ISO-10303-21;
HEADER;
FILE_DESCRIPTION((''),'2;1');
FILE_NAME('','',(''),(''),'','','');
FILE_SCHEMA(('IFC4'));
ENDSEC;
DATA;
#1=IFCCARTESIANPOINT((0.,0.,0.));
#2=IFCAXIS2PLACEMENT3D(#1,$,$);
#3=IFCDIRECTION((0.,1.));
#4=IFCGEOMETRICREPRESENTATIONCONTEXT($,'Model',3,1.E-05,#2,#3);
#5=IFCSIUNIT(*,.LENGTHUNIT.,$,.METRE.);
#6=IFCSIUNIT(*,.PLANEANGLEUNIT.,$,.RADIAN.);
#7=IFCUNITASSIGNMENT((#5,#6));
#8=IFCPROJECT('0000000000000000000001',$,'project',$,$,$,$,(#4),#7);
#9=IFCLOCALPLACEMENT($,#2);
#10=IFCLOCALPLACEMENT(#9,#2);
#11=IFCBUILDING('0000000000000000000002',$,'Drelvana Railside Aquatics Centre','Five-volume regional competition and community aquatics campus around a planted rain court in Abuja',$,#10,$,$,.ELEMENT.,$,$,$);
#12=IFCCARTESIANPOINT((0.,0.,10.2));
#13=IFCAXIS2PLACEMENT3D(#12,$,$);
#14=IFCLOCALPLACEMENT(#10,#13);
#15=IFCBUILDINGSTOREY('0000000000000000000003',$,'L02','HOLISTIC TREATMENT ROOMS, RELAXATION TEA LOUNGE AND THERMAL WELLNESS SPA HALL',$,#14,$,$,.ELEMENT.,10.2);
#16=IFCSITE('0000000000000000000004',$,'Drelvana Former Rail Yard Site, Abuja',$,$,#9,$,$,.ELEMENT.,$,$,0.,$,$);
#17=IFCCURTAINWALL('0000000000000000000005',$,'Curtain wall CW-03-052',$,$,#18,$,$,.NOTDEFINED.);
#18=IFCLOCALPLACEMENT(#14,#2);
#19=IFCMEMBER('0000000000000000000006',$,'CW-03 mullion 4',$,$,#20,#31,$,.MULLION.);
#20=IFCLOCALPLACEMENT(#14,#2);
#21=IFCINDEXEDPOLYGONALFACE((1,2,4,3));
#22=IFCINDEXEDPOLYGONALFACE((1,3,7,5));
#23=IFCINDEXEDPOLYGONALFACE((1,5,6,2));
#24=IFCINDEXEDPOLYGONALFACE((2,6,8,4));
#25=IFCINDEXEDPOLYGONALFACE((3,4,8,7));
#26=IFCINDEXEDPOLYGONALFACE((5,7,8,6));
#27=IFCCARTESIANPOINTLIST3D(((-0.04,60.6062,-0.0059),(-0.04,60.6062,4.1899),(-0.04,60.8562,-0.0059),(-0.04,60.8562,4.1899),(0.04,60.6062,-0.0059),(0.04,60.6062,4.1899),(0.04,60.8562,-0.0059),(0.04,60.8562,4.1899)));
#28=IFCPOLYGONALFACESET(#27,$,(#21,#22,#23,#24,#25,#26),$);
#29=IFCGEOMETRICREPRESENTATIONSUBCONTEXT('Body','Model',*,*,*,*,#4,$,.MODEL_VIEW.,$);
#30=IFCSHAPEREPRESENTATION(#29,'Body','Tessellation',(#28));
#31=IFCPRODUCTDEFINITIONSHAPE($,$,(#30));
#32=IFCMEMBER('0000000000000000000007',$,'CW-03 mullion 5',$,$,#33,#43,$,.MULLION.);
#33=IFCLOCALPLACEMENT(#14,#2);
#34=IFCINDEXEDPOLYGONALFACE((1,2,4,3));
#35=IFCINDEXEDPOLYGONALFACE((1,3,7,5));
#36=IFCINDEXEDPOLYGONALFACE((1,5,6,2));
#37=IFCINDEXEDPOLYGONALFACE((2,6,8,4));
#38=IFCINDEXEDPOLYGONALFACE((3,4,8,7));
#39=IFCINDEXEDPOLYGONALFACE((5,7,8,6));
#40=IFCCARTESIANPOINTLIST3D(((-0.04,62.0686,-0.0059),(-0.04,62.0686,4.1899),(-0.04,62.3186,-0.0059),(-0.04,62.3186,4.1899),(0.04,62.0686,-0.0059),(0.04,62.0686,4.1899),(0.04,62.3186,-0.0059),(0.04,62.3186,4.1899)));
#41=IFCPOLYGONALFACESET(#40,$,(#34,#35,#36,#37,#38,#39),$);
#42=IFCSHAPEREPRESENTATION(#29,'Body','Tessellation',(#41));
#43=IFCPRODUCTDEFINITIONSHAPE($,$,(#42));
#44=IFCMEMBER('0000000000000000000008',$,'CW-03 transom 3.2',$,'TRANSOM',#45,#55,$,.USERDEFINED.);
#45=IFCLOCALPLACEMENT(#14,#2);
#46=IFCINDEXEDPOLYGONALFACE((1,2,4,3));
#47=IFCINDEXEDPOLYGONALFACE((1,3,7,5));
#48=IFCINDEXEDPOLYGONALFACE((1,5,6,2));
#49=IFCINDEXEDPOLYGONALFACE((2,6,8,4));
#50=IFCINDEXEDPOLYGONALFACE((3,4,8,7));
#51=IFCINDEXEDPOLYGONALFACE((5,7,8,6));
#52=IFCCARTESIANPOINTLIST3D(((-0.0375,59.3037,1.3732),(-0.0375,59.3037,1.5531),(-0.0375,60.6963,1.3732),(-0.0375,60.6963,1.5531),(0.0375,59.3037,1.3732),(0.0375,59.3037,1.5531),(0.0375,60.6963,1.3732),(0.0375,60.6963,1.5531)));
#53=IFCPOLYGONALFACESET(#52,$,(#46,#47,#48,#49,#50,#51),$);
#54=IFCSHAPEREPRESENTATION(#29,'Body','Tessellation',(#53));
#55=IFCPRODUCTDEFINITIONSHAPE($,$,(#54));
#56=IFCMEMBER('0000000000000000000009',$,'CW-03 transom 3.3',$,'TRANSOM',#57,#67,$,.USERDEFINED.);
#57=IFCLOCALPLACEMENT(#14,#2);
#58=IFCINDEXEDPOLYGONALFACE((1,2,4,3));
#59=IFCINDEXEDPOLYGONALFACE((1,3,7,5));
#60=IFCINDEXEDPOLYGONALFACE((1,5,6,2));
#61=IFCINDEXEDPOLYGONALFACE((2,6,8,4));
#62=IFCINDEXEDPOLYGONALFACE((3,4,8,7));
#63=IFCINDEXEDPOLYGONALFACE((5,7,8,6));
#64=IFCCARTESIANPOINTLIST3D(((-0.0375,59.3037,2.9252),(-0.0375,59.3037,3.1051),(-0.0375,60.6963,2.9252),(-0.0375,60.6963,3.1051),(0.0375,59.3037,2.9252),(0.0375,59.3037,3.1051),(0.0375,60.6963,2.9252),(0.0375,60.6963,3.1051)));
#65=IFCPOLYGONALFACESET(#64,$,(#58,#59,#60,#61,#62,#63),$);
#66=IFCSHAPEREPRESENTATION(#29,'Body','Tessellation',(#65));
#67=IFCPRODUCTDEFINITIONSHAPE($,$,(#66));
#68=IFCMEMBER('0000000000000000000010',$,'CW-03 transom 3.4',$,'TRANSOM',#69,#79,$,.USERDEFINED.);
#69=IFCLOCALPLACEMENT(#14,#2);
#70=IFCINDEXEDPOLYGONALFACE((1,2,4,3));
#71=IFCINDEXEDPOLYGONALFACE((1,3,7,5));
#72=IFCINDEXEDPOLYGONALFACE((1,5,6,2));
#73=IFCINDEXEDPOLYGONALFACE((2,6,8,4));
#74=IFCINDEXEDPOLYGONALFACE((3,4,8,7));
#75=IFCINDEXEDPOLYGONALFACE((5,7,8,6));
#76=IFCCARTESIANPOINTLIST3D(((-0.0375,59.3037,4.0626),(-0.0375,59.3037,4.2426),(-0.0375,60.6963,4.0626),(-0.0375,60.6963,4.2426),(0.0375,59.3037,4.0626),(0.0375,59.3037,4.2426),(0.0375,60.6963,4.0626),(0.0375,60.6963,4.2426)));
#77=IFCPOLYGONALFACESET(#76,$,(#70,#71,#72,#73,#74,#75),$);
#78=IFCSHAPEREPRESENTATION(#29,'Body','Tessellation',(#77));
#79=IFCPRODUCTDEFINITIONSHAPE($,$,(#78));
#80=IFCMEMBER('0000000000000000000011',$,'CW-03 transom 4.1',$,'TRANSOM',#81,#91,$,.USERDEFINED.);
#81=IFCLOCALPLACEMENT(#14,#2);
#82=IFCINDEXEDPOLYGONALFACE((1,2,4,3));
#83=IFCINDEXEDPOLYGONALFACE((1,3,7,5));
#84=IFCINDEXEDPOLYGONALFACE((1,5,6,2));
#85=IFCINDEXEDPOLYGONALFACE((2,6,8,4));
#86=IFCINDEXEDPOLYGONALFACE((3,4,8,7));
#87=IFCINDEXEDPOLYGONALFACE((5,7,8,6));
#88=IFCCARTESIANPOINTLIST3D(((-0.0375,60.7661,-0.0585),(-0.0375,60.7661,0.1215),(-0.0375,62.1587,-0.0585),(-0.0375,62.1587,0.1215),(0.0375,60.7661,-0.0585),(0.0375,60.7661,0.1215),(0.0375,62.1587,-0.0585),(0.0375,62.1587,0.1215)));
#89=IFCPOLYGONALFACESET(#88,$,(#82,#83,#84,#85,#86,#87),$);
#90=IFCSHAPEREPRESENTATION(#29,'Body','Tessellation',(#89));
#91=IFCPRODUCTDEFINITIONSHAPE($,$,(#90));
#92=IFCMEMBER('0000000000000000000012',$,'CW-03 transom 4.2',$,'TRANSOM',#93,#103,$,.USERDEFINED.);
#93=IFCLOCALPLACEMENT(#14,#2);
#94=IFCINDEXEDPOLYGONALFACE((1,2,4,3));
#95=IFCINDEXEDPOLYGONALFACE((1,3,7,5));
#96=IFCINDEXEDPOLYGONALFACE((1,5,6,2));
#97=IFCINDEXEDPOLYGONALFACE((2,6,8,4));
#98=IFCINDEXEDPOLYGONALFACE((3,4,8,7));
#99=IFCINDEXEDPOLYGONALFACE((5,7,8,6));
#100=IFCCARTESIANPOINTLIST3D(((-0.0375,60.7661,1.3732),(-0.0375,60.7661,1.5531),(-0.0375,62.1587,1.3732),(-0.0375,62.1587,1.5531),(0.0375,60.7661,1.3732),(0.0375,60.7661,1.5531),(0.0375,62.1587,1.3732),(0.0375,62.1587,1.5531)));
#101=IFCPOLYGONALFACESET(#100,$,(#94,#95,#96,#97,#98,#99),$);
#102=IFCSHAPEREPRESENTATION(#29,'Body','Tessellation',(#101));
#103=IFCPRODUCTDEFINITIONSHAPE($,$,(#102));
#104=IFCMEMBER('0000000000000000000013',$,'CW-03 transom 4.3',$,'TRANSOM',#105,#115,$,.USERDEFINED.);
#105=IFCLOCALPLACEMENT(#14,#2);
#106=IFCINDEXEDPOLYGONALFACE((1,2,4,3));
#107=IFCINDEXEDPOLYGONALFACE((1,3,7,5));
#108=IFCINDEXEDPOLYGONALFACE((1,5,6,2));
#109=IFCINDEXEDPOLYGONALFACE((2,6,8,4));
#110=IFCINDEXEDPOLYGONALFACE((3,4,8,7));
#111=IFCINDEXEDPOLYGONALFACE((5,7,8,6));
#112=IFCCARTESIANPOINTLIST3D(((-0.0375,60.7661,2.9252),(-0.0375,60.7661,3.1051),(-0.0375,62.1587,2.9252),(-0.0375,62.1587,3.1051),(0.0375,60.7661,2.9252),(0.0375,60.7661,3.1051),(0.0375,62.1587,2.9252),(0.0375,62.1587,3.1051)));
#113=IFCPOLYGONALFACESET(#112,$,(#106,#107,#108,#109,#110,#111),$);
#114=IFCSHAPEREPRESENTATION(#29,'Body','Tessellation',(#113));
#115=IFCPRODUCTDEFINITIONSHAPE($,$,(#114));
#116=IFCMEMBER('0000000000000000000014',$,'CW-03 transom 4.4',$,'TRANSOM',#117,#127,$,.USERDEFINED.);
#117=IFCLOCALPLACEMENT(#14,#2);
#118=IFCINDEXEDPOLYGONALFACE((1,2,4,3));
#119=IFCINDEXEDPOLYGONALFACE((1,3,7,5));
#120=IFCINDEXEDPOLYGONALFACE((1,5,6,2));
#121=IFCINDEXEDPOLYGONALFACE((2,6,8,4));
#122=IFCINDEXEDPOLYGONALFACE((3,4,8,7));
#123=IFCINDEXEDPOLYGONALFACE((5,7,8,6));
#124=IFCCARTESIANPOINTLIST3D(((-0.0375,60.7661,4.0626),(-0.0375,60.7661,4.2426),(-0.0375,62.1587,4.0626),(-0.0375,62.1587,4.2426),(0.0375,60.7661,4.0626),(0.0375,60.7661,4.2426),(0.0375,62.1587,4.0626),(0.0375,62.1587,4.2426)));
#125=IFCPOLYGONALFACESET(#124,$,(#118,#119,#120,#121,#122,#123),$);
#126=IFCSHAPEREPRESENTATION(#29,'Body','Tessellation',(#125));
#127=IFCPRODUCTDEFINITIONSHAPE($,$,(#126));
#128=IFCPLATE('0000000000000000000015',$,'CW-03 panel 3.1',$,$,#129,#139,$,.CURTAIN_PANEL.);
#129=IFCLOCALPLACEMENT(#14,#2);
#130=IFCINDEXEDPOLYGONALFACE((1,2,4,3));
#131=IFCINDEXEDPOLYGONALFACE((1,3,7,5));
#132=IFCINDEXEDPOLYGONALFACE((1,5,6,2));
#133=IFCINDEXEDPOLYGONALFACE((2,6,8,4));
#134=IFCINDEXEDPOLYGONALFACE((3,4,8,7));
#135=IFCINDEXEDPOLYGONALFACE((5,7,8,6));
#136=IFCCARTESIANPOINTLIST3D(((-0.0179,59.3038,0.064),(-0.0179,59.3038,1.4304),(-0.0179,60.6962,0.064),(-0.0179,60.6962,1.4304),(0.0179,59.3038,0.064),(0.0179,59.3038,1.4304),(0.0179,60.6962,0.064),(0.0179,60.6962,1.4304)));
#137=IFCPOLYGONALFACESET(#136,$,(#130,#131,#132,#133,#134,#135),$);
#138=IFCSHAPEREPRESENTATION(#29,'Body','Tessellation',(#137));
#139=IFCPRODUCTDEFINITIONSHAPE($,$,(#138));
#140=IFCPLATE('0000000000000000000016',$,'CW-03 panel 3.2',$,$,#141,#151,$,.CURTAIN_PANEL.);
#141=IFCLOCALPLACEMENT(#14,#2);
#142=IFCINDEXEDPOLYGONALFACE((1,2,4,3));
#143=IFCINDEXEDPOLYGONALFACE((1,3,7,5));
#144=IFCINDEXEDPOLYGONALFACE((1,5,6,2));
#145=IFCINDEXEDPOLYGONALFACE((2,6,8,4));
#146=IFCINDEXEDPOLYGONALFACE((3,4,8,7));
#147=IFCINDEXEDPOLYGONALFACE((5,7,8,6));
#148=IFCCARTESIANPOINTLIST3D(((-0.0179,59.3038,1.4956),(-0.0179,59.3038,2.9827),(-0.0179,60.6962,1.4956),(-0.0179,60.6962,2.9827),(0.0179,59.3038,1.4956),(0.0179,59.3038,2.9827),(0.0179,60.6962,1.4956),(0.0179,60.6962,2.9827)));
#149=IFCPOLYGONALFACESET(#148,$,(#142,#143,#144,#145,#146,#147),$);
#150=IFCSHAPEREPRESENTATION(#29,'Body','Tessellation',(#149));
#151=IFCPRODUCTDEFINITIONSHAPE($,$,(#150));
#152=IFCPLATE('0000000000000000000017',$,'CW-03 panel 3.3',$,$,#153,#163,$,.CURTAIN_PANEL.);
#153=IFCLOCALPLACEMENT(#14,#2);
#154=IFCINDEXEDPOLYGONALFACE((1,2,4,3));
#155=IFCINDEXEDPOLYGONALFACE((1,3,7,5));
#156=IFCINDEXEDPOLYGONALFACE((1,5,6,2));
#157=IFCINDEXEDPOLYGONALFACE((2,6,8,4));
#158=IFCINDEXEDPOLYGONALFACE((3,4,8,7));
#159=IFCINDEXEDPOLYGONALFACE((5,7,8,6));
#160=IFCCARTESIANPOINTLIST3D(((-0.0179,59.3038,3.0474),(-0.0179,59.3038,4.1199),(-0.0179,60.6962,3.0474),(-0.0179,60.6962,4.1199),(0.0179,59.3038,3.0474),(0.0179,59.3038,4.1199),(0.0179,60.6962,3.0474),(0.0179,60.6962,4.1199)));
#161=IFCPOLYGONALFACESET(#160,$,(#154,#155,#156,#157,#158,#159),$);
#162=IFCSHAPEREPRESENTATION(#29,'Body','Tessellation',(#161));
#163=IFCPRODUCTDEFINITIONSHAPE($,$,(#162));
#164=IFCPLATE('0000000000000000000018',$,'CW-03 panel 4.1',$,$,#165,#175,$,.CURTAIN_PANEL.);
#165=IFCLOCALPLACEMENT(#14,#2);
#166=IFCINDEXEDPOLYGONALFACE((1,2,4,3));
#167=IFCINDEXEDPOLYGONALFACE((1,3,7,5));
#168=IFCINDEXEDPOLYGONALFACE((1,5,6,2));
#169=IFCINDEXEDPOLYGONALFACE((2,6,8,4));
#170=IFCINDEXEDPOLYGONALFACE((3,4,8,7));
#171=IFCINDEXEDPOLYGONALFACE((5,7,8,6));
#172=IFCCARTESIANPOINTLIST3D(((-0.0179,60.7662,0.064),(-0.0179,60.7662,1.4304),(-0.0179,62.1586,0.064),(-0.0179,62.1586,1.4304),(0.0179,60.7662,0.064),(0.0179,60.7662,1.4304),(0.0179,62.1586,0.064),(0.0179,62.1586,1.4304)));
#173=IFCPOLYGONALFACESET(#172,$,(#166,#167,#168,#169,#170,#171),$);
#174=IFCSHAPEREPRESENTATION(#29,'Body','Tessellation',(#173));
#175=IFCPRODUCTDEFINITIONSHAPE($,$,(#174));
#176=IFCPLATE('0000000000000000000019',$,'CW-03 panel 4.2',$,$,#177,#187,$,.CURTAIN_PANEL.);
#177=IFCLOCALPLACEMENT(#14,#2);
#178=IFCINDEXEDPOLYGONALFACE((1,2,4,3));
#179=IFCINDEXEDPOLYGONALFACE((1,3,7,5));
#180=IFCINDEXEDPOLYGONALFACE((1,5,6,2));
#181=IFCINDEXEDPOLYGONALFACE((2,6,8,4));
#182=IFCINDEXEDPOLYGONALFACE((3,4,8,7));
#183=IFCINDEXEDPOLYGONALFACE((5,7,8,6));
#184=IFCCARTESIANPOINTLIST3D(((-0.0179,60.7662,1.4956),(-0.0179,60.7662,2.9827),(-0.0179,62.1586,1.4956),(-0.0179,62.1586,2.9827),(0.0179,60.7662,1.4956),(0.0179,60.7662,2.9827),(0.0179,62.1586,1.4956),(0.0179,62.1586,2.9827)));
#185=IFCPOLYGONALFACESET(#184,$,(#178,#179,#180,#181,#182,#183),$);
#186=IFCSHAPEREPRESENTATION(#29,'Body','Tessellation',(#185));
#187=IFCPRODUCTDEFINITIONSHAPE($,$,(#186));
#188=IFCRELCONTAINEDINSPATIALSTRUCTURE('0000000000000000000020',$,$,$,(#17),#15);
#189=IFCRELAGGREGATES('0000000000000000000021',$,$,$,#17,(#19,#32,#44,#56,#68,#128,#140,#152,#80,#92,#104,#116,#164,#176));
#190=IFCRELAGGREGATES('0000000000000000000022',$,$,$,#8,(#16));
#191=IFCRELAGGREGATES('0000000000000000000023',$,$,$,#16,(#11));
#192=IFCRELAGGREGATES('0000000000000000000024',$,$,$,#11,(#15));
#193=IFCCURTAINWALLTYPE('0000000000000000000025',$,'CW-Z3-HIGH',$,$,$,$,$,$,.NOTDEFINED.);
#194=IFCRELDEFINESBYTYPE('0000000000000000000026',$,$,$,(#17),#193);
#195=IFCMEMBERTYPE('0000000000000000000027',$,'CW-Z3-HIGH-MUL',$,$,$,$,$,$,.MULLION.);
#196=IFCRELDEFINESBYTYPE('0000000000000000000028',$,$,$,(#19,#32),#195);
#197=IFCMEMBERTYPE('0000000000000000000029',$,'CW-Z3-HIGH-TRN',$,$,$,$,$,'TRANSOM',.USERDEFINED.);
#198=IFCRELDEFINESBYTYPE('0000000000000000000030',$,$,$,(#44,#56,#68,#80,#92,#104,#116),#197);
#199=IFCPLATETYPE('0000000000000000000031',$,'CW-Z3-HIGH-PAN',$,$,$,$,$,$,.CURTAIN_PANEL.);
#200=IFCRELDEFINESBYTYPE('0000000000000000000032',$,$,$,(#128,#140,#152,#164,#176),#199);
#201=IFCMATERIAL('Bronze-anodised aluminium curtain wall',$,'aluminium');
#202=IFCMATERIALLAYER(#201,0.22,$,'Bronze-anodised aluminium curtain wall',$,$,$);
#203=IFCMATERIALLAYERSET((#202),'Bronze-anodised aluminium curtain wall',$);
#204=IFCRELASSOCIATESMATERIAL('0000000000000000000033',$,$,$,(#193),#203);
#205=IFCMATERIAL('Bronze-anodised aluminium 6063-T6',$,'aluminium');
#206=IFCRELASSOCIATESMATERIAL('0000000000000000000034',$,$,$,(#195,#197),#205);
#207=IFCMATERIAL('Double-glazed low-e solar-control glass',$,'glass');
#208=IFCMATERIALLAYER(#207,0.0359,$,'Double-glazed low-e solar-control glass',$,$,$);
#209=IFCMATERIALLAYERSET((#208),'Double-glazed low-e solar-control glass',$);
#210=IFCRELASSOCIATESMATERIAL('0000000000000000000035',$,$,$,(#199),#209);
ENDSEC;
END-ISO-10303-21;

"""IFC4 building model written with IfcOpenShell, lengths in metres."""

from ifc_helpers import new_model, si_unit, direction, frame, origin, origin_2d, place, context, subcontext, project, spatial, rectangle, extrude, material, layer, layer_set, material_profile, profile_set, type_object, element, aggregate, save


model = new_model("IFC4")

# Units and contexts
model_context = context("Model", 3, precision=1e-05, world=origin(), true_north=direction((0.0, 1.0)))
body_context = subcontext(model_context, "Body", "Model", "MODEL_VIEW")
ifc_project = project(units=[si_unit("LENGTHUNIT", "METRE"), si_unit("PLANEANGLEUNIT", "RADIAN")], contexts=[model_context])

# Site, building, storey
site_placement = place(None, origin())
site = spatial("IfcSite", under=ifc_project, at=site_placement, Name="Drelvana Former Rail Yard Site, Abuja", CompositionType="ELEMENT", RefElevation=0.0)
building_placement = place(site_placement, origin())
building = spatial("IfcBuilding", under=site, at=building_placement, Name="Drelvana Railside Aquatics Centre", Description="Five-volume regional competition and community aquatics campus around a planted rain court in Abuja", CompositionType="ELEMENT")
storey_placement = place(building_placement, frame((0.0, 0.0, 10.2)))
storey = spatial("IfcBuildingStorey", under=building, at=storey_placement, Name="L02", Description="HOLISTIC TREATMENT ROOMS, RELAXATION TEA LOUNGE AND THERMAL WELLNESS SPA HALL", CompositionType="ELEMENT", Elevation=10.2)

# Curtain wall, members, plates
ifc_material_1 = material(Name="Bronze-anodised aluminium curtain wall", Category="aluminium")
ifc_layer_1 = layer(ifc_material_1, 0.22, Name="Bronze-anodised aluminium curtain wall")
ifc_layer_set_1 = layer_set([ifc_layer_1], Name="Bronze-anodised aluminium curtain wall")
curtain_wall_type = type_object("IfcCurtainWallType", Name="CW-Z3-HIGH", PredefinedType="NOTDEFINED", material=ifc_layer_set_1)
curtain_wall_placement = place(storey_placement, origin())
curtain_wall = element("IfcCurtainWall", 1, at=curtain_wall_placement, inside=storey, type_object=curtain_wall_type, Name="Curtain wall CW-03-052", PredefinedType="NOTDEFINED")
ifc_material_2 = material(Name="Bronze-anodised aluminium 6063-T6", Category="aluminium")
ifc_material_profile_1 = material_profile(ifc_material_2, rectangle(XDim=0.0801, YDim=0.25, at=origin_2d()), Name="ALU-M 80x250")
ifc_profile_set_1 = profile_set([ifc_material_profile_1], Name="Bronze-anodised aluminium 6063-T6")
member_type_1 = type_object("IfcMemberType", Name="CW-Z3-HIGH-MUL", PredefinedType="MULLION", material=ifc_profile_set_1)
member_1_placement = place(storey_placement, frame((0.0, 60.7312, -0.0059), z_axis=(0.0, 0.0, 1.0), x_axis=(-1.0, 0.0, 0.0)))
member_1 = element("IfcMember", 2, at=member_1_placement, type_object=member_type_1, Name="CW-03 mullion 4", PredefinedType="MULLION", context=body_context, shape_type="SweptSolid", body=[
    extrude(rectangle(XDim=0.0801, YDim=0.25, at=origin_2d()), origin(), (0.0, 0.0, 1.0), 4.1958),
])
member_2_placement = place(storey_placement, frame((0.0, 62.1936, -0.0059), z_axis=(0.0, 0.0, 1.0), x_axis=(-1.0, 0.0, 0.0)))
member_2 = element("IfcMember", 3, at=member_2_placement, type_object=member_type_1, Name="CW-03 mullion 5", PredefinedType="MULLION", context=body_context, shape_type="SweptSolid", body=[
    extrude(rectangle(XDim=0.0801, YDim=0.25, at=origin_2d()), origin(), (0.0, 0.0, 1.0), 4.1958),
])
ifc_material_profile_2 = material_profile(ifc_material_2, rectangle(XDim=0.1799, YDim=0.075, at=origin_2d()), Name="ALU-T 75x180")
ifc_profile_set_2 = profile_set([ifc_material_profile_2], Name="Bronze-anodised aluminium 6063-T6")
member_type_2 = type_object("IfcMemberType", Name="CW-Z3-HIGH-TRN", ElementType="TRANSOM", PredefinedType="USERDEFINED", material=ifc_profile_set_2)
member_3_placement = place(storey_placement, frame((0.0, 59.3037, 1.4631), z_axis=(0.0, 1.0, 0.0), x_axis=(0.0, 0.0, 1.0)))
member_3 = element("IfcMember", 4, at=member_3_placement, type_object=member_type_2, Name="CW-03 transom 3.2", ObjectType="TRANSOM", PredefinedType="USERDEFINED", context=body_context, shape_type="SweptSolid", body=[
    extrude(rectangle(XDim=0.1799, YDim=0.075, at=origin_2d()), origin(), (0.0, 0.0, 1.0), 1.3926),
])
member_4_placement = place(storey_placement, frame((0.0, 59.3037, 3.0151), z_axis=(0.0, 1.0, 0.0), x_axis=(0.0, 0.0, 1.0)))
member_4 = element("IfcMember", 5, at=member_4_placement, type_object=member_type_2, Name="CW-03 transom 3.3", ObjectType="TRANSOM", PredefinedType="USERDEFINED", context=body_context, shape_type="SweptSolid", body=[
    extrude(rectangle(XDim=0.1799, YDim=0.075, at=origin_2d()), origin(), (0.0, 0.0, 1.0), 1.3926),
])
member_5_placement = place(storey_placement, frame((0.0, 59.3037, 4.1526), z_axis=(0.0, 1.0, 0.0), x_axis=(0.0, 0.0, 1.0)))
member_5 = element("IfcMember", 6, at=member_5_placement, type_object=member_type_2, Name="CW-03 transom 3.4", ObjectType="TRANSOM", PredefinedType="USERDEFINED", context=body_context, shape_type="SweptSolid", body=[
    extrude(rectangle(XDim=0.1799, YDim=0.075, at=origin_2d()), origin(), (0.0, 0.0, 1.0), 1.3926),
])
member_6_placement = place(storey_placement, frame((0.0, 60.7661, 0.0315), z_axis=(0.0, 1.0, 0.0), x_axis=(0.0, 0.0, 1.0)))
member_6 = element("IfcMember", 7, at=member_6_placement, type_object=member_type_2, Name="CW-03 transom 4.1", ObjectType="TRANSOM", PredefinedType="USERDEFINED", context=body_context, shape_type="SweptSolid", body=[
    extrude(rectangle(XDim=0.1799, YDim=0.075, at=origin_2d()), origin(), (0.0, 0.0, 1.0), 1.3926),
])
member_7_placement = place(storey_placement, frame((0.0, 60.7661, 1.4631), z_axis=(0.0, 1.0, 0.0), x_axis=(0.0, 0.0, 1.0)))
member_7 = element("IfcMember", 8, at=member_7_placement, type_object=member_type_2, Name="CW-03 transom 4.2", ObjectType="TRANSOM", PredefinedType="USERDEFINED", context=body_context, shape_type="SweptSolid", body=[
    extrude(rectangle(XDim=0.1799, YDim=0.075, at=origin_2d()), origin(), (0.0, 0.0, 1.0), 1.3926),
])
member_8_placement = place(storey_placement, frame((0.0, 60.7661, 3.0151), z_axis=(0.0, 1.0, 0.0), x_axis=(0.0, 0.0, 1.0)))
member_8 = element("IfcMember", 9, at=member_8_placement, type_object=member_type_2, Name="CW-03 transom 4.3", ObjectType="TRANSOM", PredefinedType="USERDEFINED", context=body_context, shape_type="SweptSolid", body=[
    extrude(rectangle(XDim=0.1799, YDim=0.075, at=origin_2d()), origin(), (0.0, 0.0, 1.0), 1.3926),
])
member_9_placement = place(storey_placement, frame((0.0, 60.7661, 4.1526), z_axis=(0.0, 1.0, 0.0), x_axis=(0.0, 0.0, 1.0)))
member_9 = element("IfcMember", 10, at=member_9_placement, type_object=member_type_2, Name="CW-03 transom 4.4", ObjectType="TRANSOM", PredefinedType="USERDEFINED", context=body_context, shape_type="SweptSolid", body=[
    extrude(rectangle(XDim=0.1799, YDim=0.075, at=origin_2d()), origin(), (0.0, 0.0, 1.0), 1.3926),
])
ifc_material_3 = material(Name="Double-glazed low-e solar-control glass", Category="glass")
ifc_layer_2 = layer(ifc_material_3, 0.0359, Name="Double-glazed low-e solar-control glass")
ifc_layer_set_2 = layer_set([ifc_layer_2], Name="Double-glazed low-e solar-control glass")
plate_type = type_object("IfcPlateType", Name="CW-Z3-HIGH-PAN", PredefinedType="CURTAIN_PANEL", material=ifc_layer_set_2)
plate_1_placement = place(storey_placement, frame((0.0, 60.0, 0.064), z_axis=(0.0, 0.0, 1.0), x_axis=(0.0, 1.0, 0.0)))
plate_1 = element("IfcPlate", 11, at=plate_1_placement, type_object=plate_type, Name="CW-03 panel 3.1", PredefinedType="CURTAIN_PANEL", context=body_context, shape_type="SweptSolid", body=[
    extrude(rectangle(XDim=1.3923, YDim=0.0359, at=origin_2d()), origin(), (0.0, 0.0, 1.0), 1.3665),
])
plate_2_placement = place(storey_placement, frame((0.0, 60.0, 1.4956), z_axis=(0.0, 0.0, 1.0), x_axis=(0.0, 1.0, 0.0)))
plate_2 = element("IfcPlate", 12, at=plate_2_placement, type_object=plate_type, Name="CW-03 panel 3.2", PredefinedType="CURTAIN_PANEL", context=body_context, shape_type="SweptSolid", body=[
    extrude(rectangle(XDim=1.3923, YDim=0.0359, at=origin_2d()), origin(), (0.0, 0.0, 1.0), 1.4871),
])
plate_3_placement = place(storey_placement, frame((0.0, 60.0, 3.0474), z_axis=(0.0, 0.0, 1.0), x_axis=(0.0, 1.0, 0.0)))
plate_3 = element("IfcPlate", 13, at=plate_3_placement, type_object=plate_type, Name="CW-03 panel 3.3", PredefinedType="CURTAIN_PANEL", context=body_context, shape_type="SweptSolid", body=[
    extrude(rectangle(XDim=1.3923, YDim=0.0359, at=origin_2d()), origin(), (0.0, 0.0, 1.0), 1.0725),
])
plate_4_placement = place(storey_placement, frame((0.0, 61.4624, 0.064), z_axis=(0.0, 0.0, 1.0), x_axis=(0.0, 1.0, 0.0)))
plate_4 = element("IfcPlate", 14, at=plate_4_placement, type_object=plate_type, Name="CW-03 panel 4.1", PredefinedType="CURTAIN_PANEL", context=body_context, shape_type="SweptSolid", body=[
    extrude(rectangle(XDim=1.3923, YDim=0.0359, at=origin_2d()), origin(), (0.0, 0.0, 1.0), 1.3665),
])
plate_5_placement = place(storey_placement, frame((0.0, 61.4624, 1.4956), z_axis=(0.0, 0.0, 1.0), x_axis=(0.0, 1.0, 0.0)))
plate_5 = element("IfcPlate", 15, at=plate_5_placement, type_object=plate_type, Name="CW-03 panel 4.2", PredefinedType="CURTAIN_PANEL", context=body_context, shape_type="SweptSolid", body=[
    extrude(rectangle(XDim=1.3923, YDim=0.0359, at=origin_2d()), origin(), (0.0, 0.0, 1.0), 1.4871),
])
aggregate(curtain_wall, [member_1, member_2, member_3, member_4, member_5, plate_1, plate_2, plate_3, member_6, member_7, member_8, member_9, plate_4, plate_5])

save(model, "model.ifc")
